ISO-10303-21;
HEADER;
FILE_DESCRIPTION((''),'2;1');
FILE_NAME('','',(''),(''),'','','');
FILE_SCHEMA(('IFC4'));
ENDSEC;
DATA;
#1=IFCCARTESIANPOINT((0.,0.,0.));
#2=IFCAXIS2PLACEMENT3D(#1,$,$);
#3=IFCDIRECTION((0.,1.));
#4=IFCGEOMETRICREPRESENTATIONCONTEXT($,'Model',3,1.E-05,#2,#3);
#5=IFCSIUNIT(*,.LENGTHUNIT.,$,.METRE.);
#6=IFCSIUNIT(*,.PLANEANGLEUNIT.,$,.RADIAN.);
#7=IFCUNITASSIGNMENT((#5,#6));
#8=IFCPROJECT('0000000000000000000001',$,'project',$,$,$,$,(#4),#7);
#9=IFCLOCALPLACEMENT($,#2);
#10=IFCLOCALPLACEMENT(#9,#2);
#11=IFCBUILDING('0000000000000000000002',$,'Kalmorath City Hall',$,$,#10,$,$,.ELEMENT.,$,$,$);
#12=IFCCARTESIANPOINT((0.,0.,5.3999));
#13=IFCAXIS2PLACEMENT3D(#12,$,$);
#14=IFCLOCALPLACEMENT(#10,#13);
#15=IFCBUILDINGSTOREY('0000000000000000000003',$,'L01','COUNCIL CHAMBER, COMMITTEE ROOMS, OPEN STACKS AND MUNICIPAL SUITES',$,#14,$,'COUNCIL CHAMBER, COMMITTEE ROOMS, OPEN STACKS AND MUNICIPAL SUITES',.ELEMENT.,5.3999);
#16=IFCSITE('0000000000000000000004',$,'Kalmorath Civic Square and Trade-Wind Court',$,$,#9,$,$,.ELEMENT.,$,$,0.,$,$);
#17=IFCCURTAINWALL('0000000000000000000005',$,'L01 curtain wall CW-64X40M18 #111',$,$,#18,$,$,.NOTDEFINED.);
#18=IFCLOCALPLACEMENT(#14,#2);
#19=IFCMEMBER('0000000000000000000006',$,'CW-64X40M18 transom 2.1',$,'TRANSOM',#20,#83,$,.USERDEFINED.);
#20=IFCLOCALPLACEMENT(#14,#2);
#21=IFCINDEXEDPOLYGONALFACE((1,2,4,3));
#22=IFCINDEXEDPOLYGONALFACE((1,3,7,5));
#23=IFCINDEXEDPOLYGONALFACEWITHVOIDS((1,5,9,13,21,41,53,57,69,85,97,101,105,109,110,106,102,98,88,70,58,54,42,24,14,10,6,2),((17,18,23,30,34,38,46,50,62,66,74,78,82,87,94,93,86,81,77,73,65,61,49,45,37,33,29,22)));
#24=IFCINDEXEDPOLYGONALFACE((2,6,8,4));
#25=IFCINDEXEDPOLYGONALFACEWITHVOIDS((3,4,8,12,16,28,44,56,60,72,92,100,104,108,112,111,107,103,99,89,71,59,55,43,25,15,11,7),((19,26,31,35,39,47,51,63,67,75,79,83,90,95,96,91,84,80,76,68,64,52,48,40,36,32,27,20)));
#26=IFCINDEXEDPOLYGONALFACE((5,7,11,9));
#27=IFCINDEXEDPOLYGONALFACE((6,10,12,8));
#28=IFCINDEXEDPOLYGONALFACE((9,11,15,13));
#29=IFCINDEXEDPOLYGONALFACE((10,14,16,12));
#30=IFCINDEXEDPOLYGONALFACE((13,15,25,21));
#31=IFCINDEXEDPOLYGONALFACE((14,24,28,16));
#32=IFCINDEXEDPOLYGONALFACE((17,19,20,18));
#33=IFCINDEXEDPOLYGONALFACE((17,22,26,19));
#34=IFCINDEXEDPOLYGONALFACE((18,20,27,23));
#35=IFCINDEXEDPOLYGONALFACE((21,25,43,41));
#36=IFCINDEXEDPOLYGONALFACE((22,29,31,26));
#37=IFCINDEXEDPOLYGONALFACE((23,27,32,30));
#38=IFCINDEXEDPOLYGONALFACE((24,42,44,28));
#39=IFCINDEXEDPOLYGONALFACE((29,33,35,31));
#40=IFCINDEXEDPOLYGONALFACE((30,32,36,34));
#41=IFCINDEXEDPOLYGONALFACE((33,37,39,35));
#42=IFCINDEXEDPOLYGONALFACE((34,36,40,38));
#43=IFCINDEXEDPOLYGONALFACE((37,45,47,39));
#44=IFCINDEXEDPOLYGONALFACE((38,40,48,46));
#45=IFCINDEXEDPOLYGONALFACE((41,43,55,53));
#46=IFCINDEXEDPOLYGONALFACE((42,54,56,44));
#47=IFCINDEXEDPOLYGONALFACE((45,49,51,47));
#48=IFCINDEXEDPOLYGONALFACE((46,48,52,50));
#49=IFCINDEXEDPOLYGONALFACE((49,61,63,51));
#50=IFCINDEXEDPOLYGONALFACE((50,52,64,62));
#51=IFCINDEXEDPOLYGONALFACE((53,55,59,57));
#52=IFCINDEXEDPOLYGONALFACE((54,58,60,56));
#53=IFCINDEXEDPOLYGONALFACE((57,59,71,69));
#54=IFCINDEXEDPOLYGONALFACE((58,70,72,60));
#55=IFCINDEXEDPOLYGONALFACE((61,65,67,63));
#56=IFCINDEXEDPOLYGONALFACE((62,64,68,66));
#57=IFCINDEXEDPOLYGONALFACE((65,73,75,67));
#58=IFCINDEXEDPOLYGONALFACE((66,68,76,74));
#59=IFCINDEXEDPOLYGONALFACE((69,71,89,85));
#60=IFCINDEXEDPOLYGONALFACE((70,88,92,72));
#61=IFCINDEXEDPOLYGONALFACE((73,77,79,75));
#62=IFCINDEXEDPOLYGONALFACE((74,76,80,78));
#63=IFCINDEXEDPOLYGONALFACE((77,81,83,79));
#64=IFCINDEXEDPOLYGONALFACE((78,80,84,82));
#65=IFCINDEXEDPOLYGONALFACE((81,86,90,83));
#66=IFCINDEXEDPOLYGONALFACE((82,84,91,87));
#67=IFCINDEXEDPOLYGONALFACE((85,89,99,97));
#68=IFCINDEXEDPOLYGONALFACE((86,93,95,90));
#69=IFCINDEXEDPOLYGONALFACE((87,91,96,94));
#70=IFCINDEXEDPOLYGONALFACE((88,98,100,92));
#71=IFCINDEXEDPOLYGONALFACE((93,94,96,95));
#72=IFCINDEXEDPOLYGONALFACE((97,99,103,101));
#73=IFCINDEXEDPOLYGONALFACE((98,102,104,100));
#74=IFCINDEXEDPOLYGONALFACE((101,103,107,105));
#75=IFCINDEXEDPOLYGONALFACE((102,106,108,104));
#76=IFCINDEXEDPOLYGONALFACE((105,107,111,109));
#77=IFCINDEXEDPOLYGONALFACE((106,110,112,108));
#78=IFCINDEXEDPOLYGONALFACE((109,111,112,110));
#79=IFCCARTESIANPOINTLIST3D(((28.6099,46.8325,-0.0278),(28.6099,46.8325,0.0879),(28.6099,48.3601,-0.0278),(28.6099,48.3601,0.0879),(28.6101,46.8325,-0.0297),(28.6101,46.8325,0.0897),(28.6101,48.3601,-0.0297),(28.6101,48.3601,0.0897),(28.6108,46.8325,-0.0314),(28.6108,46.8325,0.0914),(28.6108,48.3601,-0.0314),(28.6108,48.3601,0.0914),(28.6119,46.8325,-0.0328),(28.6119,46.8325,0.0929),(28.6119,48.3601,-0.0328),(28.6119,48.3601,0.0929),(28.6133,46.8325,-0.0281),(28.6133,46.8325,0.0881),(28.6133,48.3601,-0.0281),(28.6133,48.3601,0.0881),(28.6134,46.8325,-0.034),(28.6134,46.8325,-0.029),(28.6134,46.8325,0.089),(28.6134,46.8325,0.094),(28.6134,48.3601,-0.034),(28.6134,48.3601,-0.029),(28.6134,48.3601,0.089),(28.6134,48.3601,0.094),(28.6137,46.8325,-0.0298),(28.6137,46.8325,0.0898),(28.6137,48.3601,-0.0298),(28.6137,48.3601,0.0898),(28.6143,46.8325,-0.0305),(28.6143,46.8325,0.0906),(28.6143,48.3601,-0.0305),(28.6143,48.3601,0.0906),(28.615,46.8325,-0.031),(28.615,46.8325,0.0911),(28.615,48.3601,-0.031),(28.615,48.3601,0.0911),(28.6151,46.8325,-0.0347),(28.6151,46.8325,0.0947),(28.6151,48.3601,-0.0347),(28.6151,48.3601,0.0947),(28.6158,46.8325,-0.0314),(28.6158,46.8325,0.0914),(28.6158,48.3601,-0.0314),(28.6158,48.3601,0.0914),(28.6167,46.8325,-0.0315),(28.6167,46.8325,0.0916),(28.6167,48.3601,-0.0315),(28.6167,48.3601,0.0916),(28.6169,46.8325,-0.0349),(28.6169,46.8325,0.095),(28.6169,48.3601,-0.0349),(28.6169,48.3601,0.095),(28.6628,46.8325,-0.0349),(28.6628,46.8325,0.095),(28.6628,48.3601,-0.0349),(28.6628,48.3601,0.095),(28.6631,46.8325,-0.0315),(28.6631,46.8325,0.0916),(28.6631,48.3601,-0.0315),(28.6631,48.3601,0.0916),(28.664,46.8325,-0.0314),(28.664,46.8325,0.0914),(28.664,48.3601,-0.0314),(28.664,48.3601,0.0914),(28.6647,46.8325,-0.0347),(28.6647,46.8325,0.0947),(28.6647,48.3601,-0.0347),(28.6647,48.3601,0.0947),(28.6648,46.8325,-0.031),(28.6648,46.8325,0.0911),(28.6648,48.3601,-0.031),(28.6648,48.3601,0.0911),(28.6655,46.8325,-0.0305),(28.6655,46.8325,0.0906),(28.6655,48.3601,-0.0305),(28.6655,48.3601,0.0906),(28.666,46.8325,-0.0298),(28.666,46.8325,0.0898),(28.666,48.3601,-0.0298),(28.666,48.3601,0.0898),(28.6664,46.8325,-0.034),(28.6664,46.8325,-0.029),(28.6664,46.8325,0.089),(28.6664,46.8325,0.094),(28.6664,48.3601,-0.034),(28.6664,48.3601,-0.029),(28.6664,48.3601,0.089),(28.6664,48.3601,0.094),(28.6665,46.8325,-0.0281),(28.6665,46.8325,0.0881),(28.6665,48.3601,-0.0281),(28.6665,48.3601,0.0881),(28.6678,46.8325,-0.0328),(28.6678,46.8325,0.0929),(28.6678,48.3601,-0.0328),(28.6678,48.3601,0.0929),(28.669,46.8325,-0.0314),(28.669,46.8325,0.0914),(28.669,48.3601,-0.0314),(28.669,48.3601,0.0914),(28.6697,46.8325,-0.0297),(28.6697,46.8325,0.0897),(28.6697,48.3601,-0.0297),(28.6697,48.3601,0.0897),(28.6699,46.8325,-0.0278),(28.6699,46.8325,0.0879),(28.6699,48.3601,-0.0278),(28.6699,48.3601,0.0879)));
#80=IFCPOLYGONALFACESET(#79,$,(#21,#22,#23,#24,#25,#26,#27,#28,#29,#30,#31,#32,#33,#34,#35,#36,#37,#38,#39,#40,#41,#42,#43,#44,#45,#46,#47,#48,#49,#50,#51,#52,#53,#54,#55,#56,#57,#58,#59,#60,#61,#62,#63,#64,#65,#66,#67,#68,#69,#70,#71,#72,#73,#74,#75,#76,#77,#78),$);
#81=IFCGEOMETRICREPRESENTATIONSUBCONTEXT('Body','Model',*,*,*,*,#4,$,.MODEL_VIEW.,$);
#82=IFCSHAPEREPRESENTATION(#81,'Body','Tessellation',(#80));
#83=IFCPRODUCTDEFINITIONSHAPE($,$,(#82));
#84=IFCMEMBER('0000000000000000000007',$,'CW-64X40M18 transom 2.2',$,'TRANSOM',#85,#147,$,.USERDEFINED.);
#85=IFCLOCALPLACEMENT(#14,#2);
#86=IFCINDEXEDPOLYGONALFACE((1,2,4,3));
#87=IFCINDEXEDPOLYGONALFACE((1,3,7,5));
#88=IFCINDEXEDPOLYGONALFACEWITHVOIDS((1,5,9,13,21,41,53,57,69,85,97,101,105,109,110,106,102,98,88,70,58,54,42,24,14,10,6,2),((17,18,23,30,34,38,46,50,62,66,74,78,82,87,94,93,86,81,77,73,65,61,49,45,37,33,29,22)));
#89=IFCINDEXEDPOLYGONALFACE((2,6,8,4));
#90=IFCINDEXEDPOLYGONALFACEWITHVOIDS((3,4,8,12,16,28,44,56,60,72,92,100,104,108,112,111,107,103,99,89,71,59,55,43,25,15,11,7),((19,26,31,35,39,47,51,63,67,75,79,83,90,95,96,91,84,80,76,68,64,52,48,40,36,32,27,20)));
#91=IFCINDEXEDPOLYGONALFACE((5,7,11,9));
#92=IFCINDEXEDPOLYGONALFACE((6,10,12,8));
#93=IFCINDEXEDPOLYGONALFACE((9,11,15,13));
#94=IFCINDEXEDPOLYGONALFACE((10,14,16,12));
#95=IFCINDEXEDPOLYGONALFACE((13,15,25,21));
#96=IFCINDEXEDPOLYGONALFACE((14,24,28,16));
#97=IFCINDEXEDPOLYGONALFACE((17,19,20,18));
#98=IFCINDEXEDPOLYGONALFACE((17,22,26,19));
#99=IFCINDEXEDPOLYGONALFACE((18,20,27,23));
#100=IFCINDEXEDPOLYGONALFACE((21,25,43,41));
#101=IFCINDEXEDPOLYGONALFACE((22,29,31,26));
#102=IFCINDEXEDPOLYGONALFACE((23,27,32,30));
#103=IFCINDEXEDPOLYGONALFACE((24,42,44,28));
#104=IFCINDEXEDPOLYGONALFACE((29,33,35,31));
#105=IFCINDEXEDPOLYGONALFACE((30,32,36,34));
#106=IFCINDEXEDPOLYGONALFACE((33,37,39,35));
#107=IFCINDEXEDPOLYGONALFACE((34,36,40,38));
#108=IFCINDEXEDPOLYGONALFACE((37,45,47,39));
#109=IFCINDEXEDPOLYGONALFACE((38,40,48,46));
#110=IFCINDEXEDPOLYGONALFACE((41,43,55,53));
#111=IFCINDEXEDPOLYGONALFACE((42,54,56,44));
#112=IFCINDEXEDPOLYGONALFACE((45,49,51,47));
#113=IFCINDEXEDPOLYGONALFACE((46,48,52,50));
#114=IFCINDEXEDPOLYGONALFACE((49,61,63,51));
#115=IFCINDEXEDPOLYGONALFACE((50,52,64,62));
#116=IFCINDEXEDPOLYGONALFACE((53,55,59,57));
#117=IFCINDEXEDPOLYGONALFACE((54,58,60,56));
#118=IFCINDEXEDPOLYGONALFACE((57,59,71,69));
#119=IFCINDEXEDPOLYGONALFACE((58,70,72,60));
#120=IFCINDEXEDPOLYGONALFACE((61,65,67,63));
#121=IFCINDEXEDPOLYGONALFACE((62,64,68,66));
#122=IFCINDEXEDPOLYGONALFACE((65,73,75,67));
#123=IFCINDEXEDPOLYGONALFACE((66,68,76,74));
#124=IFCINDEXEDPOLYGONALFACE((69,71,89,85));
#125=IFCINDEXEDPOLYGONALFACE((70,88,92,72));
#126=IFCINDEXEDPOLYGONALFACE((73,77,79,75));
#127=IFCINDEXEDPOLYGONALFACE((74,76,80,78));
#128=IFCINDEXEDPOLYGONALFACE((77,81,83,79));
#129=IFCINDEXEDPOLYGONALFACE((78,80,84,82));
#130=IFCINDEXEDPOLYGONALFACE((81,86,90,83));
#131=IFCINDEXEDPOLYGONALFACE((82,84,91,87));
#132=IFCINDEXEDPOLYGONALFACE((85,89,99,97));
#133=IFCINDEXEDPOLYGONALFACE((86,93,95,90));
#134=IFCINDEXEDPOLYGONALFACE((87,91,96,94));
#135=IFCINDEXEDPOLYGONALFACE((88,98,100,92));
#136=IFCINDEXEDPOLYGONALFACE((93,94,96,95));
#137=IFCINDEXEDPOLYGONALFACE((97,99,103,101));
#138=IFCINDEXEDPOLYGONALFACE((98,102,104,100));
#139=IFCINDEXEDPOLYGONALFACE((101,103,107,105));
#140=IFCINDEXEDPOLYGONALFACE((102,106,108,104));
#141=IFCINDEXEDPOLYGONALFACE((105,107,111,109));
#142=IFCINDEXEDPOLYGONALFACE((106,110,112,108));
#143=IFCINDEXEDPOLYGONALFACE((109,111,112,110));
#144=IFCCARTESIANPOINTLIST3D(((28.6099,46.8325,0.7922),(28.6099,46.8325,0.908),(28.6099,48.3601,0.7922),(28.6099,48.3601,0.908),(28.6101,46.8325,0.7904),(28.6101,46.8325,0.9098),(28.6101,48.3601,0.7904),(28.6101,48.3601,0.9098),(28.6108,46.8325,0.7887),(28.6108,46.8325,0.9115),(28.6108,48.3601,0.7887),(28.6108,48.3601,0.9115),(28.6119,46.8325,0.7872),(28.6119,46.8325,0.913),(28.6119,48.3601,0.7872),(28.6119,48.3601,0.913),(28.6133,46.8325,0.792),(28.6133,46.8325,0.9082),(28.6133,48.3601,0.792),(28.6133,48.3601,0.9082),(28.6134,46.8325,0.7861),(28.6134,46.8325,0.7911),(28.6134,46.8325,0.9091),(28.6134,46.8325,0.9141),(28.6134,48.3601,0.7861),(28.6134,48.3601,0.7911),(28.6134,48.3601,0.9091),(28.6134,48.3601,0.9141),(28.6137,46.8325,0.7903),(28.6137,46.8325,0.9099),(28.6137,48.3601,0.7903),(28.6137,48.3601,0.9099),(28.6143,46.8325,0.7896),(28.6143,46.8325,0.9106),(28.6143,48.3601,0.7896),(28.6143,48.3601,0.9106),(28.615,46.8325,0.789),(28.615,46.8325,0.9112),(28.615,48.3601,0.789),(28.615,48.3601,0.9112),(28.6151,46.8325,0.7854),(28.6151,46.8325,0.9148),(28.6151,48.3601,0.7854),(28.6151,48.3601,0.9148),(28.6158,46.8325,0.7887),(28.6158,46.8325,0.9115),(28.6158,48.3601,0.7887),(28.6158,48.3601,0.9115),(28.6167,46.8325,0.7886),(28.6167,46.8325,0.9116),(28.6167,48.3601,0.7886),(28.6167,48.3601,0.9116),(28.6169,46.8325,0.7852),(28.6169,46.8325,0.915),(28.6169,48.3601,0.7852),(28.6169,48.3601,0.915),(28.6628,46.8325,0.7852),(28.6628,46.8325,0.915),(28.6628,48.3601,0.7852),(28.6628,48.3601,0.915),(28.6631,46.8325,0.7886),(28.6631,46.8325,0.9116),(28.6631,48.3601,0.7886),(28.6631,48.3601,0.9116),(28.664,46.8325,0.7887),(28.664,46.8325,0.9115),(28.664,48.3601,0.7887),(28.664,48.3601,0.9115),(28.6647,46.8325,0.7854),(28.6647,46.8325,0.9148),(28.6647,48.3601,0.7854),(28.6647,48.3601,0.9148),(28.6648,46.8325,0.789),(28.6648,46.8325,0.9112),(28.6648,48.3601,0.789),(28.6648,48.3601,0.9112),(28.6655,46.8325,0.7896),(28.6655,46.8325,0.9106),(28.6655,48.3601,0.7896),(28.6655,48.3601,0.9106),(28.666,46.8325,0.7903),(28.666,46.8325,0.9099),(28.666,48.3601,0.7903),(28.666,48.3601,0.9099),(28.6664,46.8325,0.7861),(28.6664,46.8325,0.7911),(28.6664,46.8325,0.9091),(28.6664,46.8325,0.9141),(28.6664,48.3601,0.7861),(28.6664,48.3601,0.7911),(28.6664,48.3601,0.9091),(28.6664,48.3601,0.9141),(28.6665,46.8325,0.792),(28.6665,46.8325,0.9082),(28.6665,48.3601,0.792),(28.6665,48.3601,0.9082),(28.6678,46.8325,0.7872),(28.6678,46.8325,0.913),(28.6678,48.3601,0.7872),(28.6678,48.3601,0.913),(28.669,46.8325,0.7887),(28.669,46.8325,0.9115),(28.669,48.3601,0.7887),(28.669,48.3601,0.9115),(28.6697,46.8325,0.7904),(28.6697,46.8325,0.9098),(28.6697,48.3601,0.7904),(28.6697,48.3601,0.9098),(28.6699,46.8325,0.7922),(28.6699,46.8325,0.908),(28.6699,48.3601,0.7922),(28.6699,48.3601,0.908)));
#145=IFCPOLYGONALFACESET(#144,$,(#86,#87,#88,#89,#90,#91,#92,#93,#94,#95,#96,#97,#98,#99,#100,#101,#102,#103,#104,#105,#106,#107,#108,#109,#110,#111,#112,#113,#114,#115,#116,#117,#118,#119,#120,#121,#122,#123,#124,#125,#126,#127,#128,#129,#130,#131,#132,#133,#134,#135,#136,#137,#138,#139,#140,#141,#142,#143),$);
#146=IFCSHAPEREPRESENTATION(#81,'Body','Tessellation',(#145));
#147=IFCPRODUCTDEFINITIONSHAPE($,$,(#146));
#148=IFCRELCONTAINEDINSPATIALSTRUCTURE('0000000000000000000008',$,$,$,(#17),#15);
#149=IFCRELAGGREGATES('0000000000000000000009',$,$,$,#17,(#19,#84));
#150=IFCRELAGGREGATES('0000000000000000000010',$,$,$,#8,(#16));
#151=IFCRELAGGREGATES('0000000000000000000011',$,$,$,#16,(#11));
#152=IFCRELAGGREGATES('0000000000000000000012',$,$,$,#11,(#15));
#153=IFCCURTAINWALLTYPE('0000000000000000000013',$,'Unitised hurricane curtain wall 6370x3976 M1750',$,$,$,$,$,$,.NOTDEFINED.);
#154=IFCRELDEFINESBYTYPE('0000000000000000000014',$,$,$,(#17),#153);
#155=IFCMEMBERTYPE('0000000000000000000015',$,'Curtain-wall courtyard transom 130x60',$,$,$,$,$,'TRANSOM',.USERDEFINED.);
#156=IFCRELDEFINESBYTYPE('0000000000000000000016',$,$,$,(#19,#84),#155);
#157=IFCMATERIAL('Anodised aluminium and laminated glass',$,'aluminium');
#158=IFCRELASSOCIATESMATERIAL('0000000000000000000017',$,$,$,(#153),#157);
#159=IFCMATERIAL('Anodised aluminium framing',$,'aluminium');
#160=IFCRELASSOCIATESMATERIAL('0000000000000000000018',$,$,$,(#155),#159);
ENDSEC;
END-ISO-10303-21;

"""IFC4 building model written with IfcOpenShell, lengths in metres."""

from ifc_helpers import new_model, si_unit, direction, frame, origin, origin_2d, place, context, subcontext, project, spatial, hollow_rectangle, extrude, material, material_profile, profile_set, type_object, element, aggregate, save


model = new_model("IFC4")

# Units and contexts
model_context = context("Model", 3, precision=1e-05, world=origin(), true_north=direction((0.0, 1.0)))
body_context = subcontext(model_context, "Body", "Model", "MODEL_VIEW")
ifc_project = project(units=[si_unit("LENGTHUNIT", "METRE"), si_unit("PLANEANGLEUNIT", "RADIAN")], contexts=[model_context])

# Site, building, storey
site_placement = place(None, origin())
site = spatial("IfcSite", under=ifc_project, at=site_placement, Name="Kalmorath Civic Square and Trade-Wind Court", CompositionType="ELEMENT", RefElevation=0.0)
building_placement = place(site_placement, origin())
building = spatial("IfcBuilding", under=site, at=building_placement, Name="Kalmorath City Hall", CompositionType="ELEMENT")
storey_placement = place(building_placement, frame((0.0, 0.0, 5.3999)))
storey = spatial("IfcBuildingStorey", under=building, at=storey_placement, Name="L01", Description="COUNCIL CHAMBER, COMMITTEE ROOMS, OPEN STACKS AND MUNICIPAL SUITES", LongName="COUNCIL CHAMBER, COMMITTEE ROOMS, OPEN STACKS AND MUNICIPAL SUITES", CompositionType="ELEMENT", Elevation=5.3999)

# Curtain wall, members
ifc_material_1 = material(Name="Anodised aluminium and laminated glass", Category="aluminium")
curtain_wall_type = type_object("IfcCurtainWallType", Name="Unitised hurricane curtain wall 6370x3976 M1750", PredefinedType="NOTDEFINED", material=ifc_material_1)
curtain_wall_placement = place(storey_placement, origin())
curtain_wall = element("IfcCurtainWall", 1, at=curtain_wall_placement, inside=storey, type_object=curtain_wall_type, Name="L01 curtain wall CW-64X40M18 #111", PredefinedType="NOTDEFINED")
ifc_material_2 = material(Name="Anodised aluminium framing", Category="aluminium")
ifc_material_profile_1 = material_profile(ifc_material_2, hollow_rectangle(XDim=0.0601, YDim=0.1299, WallThickness=0.0034, InnerFilletRadius=0.0034, OuterFilletRadius=0.0071, at=origin_2d()), Name="ALU-TRN-130X60X3.5")
ifc_profile_set_1 = profile_set([ifc_material_profile_1], Name="Anodised aluminium framing")
member_type_1 = type_object("IfcMemberType", Name="Curtain-wall courtyard transom 130x60", ElementType="TRANSOM", PredefinedType="USERDEFINED", material=ifc_profile_set_1)
member_1_placement = place(storey_placement, frame((28.6399, 48.3601, 0.03), z_axis=(0.0, -1.0, 0.0), x_axis=(1.0, 0.0, 0.0)))
member_1 = element("IfcMember", 2, at=member_1_placement, type_object=member_type_1, Name="CW-64X40M18 transom 2.1", ObjectType="TRANSOM", PredefinedType="USERDEFINED", context=body_context, shape_type="SweptSolid", body=[
    extrude(hollow_rectangle(XDim=0.0601, YDim=0.1299, WallThickness=0.0034, InnerFilletRadius=0.0034, OuterFilletRadius=0.0071, at=origin_2d()), origin(), (0.0, 0.0, 1.0), 1.5276),
])
member_2_placement = place(storey_placement, frame((28.6399, 48.3601, 0.8501), z_axis=(0.0, -1.0, 0.0), x_axis=(1.0, 0.0, 0.0)))
member_2 = element("IfcMember", 3, at=member_2_placement, type_object=member_type_1, Name="CW-64X40M18 transom 2.2", ObjectType="TRANSOM", PredefinedType="USERDEFINED", context=body_context, shape_type="SweptSolid", body=[
    extrude(hollow_rectangle(XDim=0.0601, YDim=0.1299, WallThickness=0.0034, InnerFilletRadius=0.0034, OuterFilletRadius=0.0071, at=origin_2d()), origin(), (0.0, 0.0, 1.0), 1.5276),
])
aggregate(curtain_wall, [member_1, member_2])

save(model, "model.ifc")
